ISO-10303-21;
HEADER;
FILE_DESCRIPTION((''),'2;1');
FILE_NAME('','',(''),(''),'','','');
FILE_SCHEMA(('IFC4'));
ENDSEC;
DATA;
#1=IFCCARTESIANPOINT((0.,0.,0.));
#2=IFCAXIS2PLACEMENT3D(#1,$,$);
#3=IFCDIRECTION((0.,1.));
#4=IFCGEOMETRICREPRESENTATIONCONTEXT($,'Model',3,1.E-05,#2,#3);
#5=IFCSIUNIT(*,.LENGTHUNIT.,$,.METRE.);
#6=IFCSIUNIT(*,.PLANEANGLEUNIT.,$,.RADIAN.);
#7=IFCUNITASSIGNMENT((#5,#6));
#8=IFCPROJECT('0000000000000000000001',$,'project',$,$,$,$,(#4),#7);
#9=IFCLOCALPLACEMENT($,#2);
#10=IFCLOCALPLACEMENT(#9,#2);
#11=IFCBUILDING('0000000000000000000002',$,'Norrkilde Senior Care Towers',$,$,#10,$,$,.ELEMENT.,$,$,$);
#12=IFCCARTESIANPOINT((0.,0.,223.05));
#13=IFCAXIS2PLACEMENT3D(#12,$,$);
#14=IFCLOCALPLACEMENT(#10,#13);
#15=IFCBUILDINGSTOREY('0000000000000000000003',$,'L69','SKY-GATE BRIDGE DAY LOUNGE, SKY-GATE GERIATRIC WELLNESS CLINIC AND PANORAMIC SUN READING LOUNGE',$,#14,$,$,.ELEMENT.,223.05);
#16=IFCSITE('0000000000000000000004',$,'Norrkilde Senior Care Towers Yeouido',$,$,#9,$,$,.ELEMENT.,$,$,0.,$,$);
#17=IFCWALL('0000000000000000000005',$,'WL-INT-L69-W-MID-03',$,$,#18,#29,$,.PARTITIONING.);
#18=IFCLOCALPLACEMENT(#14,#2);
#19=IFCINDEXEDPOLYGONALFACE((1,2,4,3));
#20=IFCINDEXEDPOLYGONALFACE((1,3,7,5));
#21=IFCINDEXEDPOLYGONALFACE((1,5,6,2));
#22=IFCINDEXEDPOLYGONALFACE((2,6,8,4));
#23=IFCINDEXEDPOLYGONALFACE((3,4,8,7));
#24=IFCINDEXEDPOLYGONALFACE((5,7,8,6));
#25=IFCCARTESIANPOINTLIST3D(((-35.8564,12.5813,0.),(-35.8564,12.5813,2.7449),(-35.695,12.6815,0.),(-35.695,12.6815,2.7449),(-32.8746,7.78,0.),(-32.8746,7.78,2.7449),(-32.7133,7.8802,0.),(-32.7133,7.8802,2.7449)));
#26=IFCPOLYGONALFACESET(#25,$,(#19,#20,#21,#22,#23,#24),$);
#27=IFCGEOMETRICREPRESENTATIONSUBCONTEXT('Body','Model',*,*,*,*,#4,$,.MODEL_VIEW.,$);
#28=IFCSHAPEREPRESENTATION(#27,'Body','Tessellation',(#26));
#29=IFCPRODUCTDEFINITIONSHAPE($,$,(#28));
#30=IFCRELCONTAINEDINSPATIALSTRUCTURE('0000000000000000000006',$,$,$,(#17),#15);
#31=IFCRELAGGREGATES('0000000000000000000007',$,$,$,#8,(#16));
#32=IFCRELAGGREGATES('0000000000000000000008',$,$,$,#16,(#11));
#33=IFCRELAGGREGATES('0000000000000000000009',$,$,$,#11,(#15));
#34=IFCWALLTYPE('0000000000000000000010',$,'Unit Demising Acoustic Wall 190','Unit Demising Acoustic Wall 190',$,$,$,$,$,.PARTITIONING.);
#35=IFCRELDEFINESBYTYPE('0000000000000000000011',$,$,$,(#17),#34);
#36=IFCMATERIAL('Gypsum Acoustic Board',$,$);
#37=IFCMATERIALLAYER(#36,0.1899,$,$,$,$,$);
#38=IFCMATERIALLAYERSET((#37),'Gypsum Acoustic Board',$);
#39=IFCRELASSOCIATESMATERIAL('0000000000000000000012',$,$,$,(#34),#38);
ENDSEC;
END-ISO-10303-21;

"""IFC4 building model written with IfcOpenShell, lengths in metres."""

from ifc_helpers import new_model, si_unit, direction, frame, frame_2d, origin, place, context, subcontext, project, spatial, rectangle, extrude, source, transform, mapped, material, layer, layer_set, type_object, type_shapes, element, save


model = new_model("IFC4")

# Units and contexts
model_context = context("Model", 3, precision=1e-05, world=origin(), true_north=direction((0.0, 1.0)))
body_context = subcontext(model_context, "Body", "Model", "MODEL_VIEW")
ifc_project = project(units=[si_unit("LENGTHUNIT", "METRE"), si_unit("PLANEANGLEUNIT", "RADIAN")], contexts=[model_context])

# Site, building, storey
site_placement = place(None, origin())
site = spatial("IfcSite", under=ifc_project, at=site_placement, Name="Norrkilde Senior Care Towers Yeouido", CompositionType="ELEMENT", RefElevation=0.0)
building_placement = place(site_placement, origin())
building = spatial("IfcBuilding", under=site, at=building_placement, Name="Norrkilde Senior Care Towers", CompositionType="ELEMENT")
storey_placement = place(building_placement, frame((0.0, 0.0, 223.05)))
storey = spatial("IfcBuildingStorey", under=building, at=storey_placement, Name="L69", Description="SKY-GATE BRIDGE DAY LOUNGE, SKY-GATE GERIATRIC WELLNESS CLINIC AND PANORAMIC SUN READING LOUNGE", CompositionType="ELEMENT", Elevation=223.05)

# Shared definitions
ifc_material_1 = material(Name="Gypsum Acoustic Board")

# Wall
ifc_layer_1 = layer(ifc_material_1, 0.1899)
ifc_layer_set_1 = layer_set([ifc_layer_1], Name="Gypsum Acoustic Board")
wall_type_1 = type_object("IfcWallType", Name="Unit Demising Acoustic Wall 190", Description="Unit Demising Acoustic Wall 190", PredefinedType="PARTITIONING", material=ifc_layer_set_1)
shared_shape_1 = source(origin(), body_context, "Body", "SweptSolid", [
    extrude(rectangle(XDim=5.6519, YDim=0.1899, at=frame_2d((2.8259, 0.0))), origin(), (0.0, 0.0, 1.0), 2.7449),
])
type_shapes(wall_type_1, [shared_shape_1])
wall_1_placement = place(storey_placement, frame((-32.7939, 7.8301, 0.0), z_axis=(0.0, 0.0, 1.0), x_axis=(-0.527566, 0.849514, 0.0)))
element("IfcWall", 1, at=wall_1_placement, inside=storey, type_object=wall_type_1, Name="WL-INT-L69-W-MID-03", PredefinedType="PARTITIONING", context=body_context, shape_type="MappedRepresentation", body=[
    mapped(shared_shape_1, transform((0.0, 0.0, 0.0), x_axis=(1.0, 0.0, 0.0), y_axis=(0.0, 1.0, 0.0), z_axis=(0.0, 0.0, 1.0), scale=1.0)),
])

save(model, "model.ifc")
